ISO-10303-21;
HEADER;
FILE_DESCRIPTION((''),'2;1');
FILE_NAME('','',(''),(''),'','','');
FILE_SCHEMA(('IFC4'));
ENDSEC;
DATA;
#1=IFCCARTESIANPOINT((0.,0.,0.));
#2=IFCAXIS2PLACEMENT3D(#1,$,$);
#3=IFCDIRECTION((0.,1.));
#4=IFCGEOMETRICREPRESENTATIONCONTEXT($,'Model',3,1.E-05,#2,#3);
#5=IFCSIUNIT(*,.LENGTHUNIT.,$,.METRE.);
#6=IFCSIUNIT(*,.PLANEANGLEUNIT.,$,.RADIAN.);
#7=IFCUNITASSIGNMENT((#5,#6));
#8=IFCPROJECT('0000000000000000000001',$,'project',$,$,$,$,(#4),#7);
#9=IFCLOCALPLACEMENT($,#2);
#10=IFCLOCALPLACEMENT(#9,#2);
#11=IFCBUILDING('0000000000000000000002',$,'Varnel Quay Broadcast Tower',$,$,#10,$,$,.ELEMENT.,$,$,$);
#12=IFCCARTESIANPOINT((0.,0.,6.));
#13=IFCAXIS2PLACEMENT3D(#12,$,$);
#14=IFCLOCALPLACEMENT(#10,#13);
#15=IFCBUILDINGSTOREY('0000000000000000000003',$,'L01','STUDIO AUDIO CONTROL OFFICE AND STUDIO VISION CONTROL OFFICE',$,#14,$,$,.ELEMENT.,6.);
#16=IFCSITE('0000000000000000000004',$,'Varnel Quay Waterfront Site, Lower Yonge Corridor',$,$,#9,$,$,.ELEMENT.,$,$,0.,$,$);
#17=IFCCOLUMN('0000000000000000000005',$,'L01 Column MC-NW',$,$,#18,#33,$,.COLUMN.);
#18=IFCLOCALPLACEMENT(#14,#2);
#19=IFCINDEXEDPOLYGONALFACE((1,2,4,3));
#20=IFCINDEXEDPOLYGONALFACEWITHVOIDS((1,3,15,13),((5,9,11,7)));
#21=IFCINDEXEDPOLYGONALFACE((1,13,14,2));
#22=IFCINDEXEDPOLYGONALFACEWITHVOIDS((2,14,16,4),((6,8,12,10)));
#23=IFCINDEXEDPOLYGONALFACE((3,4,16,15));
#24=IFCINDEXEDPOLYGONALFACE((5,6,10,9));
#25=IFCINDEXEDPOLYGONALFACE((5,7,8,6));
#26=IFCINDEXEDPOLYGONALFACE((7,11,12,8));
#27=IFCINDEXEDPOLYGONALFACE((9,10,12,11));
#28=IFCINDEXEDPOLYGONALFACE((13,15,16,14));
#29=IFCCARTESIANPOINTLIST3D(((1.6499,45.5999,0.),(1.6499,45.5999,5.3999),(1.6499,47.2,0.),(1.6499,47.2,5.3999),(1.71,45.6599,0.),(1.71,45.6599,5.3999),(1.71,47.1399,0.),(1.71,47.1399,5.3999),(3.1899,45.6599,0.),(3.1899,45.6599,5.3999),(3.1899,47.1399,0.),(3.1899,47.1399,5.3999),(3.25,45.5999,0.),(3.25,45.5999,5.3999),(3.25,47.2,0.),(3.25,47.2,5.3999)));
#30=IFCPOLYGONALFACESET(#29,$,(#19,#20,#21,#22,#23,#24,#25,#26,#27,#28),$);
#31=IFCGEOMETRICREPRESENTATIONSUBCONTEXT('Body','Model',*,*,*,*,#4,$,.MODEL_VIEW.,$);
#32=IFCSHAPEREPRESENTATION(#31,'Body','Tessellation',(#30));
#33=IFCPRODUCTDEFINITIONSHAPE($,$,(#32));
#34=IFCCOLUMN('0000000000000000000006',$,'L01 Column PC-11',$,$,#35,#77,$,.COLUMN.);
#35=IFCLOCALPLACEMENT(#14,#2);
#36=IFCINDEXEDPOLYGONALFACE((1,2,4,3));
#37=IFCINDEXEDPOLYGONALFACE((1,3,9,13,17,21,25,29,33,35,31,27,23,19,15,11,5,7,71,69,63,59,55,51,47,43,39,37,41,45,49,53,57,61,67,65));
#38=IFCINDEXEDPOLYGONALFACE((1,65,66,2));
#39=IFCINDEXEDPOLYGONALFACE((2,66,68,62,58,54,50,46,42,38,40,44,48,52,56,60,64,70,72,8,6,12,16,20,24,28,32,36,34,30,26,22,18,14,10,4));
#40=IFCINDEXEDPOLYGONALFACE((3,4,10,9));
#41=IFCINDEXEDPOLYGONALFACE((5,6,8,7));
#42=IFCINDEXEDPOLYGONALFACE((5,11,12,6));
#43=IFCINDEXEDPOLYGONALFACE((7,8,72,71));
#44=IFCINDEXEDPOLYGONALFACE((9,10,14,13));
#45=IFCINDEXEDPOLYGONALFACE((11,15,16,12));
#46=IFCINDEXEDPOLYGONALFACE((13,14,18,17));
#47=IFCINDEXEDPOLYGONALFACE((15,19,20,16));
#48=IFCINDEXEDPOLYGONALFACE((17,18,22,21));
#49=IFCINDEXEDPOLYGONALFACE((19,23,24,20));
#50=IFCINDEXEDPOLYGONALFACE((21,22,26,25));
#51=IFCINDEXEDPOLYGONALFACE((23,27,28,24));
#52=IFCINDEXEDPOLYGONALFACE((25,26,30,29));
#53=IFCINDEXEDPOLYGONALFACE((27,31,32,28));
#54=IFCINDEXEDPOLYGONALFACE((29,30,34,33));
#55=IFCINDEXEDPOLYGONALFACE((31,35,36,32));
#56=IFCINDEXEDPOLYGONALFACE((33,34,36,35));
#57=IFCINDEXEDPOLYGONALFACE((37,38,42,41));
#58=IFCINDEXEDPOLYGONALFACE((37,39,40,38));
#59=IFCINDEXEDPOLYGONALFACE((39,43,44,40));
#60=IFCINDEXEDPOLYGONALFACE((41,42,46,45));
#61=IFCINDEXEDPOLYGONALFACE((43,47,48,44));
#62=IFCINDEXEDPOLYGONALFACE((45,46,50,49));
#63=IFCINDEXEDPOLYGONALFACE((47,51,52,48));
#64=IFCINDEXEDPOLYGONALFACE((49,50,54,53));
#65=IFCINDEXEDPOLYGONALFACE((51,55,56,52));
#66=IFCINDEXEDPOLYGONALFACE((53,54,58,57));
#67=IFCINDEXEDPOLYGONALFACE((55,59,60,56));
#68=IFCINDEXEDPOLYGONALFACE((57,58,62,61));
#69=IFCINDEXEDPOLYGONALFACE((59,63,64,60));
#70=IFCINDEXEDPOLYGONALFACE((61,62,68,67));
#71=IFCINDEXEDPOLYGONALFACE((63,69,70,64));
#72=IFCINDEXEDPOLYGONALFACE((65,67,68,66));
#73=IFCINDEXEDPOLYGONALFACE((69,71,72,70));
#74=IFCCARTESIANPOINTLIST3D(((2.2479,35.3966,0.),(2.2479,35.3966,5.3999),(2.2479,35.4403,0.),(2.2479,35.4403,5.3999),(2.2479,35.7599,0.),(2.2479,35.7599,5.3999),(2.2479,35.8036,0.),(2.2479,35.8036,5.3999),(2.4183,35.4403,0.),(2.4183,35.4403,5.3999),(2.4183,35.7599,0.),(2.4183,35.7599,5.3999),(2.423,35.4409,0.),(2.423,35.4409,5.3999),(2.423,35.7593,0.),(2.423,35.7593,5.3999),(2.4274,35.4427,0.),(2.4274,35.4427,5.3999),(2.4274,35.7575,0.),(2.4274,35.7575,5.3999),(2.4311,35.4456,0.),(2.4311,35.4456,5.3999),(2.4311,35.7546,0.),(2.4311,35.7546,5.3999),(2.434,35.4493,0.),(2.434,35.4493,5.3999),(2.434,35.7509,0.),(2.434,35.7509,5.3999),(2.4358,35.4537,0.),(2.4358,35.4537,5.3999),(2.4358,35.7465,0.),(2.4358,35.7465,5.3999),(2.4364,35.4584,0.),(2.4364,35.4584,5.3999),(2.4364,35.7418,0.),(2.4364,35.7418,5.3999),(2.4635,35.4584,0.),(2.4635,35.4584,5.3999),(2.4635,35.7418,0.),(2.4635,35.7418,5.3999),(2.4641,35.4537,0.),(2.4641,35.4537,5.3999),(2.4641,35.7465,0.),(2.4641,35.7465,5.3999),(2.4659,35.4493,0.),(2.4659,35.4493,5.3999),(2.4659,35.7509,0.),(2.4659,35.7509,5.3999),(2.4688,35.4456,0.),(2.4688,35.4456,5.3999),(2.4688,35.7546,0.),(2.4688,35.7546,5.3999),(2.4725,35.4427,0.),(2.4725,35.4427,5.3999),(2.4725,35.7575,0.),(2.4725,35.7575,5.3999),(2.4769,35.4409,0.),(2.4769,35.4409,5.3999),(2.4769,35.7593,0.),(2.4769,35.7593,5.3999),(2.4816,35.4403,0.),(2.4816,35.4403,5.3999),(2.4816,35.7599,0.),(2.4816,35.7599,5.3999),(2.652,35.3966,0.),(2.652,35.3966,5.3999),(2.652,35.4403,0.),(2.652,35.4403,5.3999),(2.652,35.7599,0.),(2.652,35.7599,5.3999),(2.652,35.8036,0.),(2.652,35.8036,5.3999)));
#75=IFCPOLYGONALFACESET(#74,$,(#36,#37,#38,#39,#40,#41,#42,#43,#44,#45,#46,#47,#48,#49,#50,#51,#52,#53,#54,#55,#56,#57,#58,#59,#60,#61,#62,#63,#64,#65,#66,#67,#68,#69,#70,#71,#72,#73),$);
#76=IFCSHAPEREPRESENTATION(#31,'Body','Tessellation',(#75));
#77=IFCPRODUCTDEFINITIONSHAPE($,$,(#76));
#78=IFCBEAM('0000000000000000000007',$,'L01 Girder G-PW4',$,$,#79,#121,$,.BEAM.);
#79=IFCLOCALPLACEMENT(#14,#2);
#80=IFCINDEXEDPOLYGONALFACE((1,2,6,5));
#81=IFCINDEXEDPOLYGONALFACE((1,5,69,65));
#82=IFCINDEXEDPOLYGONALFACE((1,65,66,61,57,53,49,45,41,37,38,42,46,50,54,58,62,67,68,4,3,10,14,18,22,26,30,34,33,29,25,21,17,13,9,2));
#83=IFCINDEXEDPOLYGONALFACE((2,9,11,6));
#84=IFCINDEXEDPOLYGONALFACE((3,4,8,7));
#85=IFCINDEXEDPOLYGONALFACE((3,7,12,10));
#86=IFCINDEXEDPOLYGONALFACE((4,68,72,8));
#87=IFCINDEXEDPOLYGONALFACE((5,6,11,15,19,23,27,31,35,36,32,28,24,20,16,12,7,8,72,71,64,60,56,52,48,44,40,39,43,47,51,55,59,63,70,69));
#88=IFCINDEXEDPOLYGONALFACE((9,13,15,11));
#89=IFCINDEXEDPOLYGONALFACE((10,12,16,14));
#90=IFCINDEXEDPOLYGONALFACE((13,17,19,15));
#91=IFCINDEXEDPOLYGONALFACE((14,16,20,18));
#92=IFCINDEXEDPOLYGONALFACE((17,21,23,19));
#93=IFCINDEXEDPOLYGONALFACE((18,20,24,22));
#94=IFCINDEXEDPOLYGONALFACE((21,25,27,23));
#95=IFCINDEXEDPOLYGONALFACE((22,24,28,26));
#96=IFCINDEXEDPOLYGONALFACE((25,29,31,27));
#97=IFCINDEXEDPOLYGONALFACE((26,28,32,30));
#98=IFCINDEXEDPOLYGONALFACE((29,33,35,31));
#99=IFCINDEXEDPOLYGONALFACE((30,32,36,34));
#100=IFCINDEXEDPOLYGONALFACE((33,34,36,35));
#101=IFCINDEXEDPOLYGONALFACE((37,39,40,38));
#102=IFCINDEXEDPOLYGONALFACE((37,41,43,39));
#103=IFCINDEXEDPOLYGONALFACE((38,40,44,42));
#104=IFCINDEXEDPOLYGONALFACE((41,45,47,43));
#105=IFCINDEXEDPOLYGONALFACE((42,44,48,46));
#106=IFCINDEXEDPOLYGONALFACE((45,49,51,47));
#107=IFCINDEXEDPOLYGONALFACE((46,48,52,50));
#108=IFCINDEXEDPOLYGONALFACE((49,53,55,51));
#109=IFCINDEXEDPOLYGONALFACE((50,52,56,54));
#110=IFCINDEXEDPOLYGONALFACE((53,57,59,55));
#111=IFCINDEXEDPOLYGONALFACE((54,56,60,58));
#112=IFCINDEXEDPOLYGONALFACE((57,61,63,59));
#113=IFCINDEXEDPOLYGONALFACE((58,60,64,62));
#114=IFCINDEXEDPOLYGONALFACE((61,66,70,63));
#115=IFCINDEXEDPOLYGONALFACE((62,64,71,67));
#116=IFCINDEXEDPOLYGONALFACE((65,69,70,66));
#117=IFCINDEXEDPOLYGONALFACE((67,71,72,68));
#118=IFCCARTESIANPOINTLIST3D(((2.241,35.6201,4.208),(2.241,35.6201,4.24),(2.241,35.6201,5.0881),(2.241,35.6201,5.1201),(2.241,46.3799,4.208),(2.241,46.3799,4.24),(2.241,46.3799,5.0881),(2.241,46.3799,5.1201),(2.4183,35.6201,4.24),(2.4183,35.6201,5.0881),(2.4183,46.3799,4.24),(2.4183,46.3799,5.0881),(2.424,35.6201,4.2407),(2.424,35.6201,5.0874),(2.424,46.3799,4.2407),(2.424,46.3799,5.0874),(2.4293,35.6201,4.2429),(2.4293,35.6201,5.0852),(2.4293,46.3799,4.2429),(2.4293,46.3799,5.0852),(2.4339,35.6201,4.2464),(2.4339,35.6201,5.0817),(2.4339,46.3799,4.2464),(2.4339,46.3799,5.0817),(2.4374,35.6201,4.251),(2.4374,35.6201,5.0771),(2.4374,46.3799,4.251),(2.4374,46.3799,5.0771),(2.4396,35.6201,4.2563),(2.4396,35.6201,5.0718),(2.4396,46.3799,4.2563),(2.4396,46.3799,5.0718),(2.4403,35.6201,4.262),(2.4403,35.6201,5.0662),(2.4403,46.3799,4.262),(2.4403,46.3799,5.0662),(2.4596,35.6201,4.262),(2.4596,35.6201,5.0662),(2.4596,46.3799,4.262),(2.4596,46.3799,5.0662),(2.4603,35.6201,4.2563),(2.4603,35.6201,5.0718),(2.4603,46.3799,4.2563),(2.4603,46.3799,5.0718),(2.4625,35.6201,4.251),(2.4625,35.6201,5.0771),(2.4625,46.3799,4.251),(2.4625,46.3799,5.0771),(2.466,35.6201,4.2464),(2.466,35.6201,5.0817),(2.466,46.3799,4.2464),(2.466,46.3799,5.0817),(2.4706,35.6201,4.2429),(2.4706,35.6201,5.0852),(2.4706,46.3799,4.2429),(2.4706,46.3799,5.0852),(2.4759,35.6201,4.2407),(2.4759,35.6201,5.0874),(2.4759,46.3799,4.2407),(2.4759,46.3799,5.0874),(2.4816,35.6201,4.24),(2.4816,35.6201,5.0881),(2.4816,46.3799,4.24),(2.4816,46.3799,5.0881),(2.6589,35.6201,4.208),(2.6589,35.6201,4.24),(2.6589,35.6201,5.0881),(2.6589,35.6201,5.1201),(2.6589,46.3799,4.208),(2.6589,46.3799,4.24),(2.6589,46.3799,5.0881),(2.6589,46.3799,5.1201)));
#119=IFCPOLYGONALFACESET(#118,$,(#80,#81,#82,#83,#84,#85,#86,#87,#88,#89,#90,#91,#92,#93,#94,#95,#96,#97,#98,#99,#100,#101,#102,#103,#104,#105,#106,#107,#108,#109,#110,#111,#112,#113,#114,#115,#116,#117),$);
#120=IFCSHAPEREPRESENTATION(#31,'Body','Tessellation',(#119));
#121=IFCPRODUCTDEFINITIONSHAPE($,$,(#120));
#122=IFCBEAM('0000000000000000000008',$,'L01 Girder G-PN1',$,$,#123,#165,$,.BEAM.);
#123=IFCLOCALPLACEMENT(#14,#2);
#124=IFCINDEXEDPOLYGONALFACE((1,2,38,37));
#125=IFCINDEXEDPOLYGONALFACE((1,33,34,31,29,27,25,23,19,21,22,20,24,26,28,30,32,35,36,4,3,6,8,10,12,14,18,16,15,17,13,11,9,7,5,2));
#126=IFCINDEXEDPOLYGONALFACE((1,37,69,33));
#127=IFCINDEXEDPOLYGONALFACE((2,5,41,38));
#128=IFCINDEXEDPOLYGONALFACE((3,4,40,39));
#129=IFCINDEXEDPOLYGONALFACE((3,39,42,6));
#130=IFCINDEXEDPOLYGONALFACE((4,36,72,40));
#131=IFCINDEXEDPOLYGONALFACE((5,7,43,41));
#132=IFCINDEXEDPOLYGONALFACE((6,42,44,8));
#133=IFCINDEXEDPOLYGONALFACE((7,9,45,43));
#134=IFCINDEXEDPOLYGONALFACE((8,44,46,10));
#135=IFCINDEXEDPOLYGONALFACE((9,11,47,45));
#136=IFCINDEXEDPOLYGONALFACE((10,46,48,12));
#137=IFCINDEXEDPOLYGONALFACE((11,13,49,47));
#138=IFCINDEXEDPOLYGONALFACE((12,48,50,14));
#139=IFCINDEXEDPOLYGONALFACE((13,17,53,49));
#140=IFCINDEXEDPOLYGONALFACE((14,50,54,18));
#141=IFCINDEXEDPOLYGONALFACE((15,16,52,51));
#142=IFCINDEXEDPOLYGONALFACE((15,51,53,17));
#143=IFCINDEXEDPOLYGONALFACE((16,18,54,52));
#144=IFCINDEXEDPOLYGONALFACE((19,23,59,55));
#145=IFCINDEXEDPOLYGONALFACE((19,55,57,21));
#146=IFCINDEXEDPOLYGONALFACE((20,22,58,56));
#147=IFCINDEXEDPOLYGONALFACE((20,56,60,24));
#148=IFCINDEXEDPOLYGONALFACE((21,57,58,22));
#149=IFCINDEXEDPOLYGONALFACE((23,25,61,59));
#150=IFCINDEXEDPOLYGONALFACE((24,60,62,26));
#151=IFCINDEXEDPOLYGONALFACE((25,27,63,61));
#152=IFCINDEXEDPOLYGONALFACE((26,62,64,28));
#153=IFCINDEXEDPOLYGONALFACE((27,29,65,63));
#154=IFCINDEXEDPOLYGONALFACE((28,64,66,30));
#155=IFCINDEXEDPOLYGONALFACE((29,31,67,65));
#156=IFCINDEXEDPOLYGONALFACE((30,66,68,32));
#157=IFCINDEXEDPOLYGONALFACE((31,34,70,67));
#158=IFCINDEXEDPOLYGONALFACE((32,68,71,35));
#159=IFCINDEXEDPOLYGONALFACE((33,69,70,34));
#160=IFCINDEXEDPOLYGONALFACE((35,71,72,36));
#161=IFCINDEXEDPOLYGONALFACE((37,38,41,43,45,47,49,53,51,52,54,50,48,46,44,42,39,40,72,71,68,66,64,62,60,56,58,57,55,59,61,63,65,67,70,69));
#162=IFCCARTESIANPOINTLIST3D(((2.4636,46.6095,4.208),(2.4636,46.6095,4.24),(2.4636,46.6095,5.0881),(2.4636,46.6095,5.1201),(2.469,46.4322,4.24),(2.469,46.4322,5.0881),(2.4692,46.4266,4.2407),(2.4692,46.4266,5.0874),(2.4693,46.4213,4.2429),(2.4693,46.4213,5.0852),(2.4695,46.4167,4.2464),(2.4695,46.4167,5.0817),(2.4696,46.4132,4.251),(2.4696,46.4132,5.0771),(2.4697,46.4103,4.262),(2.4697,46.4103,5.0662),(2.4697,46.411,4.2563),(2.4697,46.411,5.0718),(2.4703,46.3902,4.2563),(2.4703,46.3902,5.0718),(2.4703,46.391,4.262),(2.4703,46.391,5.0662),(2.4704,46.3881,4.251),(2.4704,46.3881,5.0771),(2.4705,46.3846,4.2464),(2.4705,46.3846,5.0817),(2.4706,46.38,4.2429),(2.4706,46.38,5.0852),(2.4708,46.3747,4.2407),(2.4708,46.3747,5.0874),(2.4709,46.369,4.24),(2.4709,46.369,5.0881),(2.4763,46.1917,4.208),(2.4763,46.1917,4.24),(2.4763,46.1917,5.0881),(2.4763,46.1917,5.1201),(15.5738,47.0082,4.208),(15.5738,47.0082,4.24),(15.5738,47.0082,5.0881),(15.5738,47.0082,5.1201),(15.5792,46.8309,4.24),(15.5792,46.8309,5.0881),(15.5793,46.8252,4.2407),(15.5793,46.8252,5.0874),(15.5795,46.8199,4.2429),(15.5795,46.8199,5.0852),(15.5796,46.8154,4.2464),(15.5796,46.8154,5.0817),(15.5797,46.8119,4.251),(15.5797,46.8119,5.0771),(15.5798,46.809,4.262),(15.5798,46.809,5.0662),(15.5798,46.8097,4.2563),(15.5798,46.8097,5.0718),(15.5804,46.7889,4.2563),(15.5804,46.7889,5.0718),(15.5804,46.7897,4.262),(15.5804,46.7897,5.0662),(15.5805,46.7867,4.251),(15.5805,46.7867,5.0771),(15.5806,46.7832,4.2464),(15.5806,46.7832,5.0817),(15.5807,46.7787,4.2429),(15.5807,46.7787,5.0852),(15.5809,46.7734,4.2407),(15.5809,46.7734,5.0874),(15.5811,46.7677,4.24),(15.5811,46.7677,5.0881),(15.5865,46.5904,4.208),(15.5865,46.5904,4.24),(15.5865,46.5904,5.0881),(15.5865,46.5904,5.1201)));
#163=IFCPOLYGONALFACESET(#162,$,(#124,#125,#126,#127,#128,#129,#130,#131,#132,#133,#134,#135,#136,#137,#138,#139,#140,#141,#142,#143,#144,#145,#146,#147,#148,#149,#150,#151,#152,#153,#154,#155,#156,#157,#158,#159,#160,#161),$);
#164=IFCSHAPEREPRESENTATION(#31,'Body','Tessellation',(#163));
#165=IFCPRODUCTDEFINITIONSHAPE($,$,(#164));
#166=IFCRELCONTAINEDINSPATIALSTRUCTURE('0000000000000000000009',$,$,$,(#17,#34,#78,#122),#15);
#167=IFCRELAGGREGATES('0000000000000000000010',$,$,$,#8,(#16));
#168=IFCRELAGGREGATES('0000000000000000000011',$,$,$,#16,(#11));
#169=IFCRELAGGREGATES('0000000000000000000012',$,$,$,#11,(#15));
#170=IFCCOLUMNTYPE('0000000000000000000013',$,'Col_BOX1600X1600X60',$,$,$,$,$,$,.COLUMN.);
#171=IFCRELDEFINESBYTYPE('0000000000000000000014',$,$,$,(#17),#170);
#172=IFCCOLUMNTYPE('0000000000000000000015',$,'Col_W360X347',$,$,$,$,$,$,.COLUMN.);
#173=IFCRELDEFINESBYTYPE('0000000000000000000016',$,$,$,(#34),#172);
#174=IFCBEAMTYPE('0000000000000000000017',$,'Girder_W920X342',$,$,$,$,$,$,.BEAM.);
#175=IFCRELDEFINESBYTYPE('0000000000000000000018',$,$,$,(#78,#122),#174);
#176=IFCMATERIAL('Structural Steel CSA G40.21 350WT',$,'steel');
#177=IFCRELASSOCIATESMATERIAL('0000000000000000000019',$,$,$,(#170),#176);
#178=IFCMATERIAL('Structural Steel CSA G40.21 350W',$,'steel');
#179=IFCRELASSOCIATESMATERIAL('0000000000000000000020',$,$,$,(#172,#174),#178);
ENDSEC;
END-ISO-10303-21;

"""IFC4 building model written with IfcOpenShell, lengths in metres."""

from ifc_helpers import new_model, si_unit, direction, frame, origin, origin_2d, place, context, subcontext, project, spatial, hollow_rectangle, i_section, extrude, source, transform, mapped, material, material_profile, profile_set, type_object, type_shapes, element, save


model = new_model("IFC4")

# Units and contexts
model_context = context("Model", 3, precision=1e-05, world=origin(), true_north=direction((0.0, 1.0)))
body_context = subcontext(model_context, "Body", "Model", "MODEL_VIEW")
ifc_project = project(units=[si_unit("LENGTHUNIT", "METRE"), si_unit("PLANEANGLEUNIT", "RADIAN")], contexts=[model_context])

# Site, building, storey
site_placement = place(None, origin())
site = spatial("IfcSite", under=ifc_project, at=site_placement, Name="Varnel Quay Waterfront Site, Lower Yonge Corridor", CompositionType="ELEMENT", RefElevation=0.0)
building_placement = place(site_placement, origin())
building = spatial("IfcBuilding", under=site, at=building_placement, Name="Varnel Quay Broadcast Tower", CompositionType="ELEMENT")
storey_placement = place(building_placement, frame((0.0, 0.0, 6.0)))
storey = spatial("IfcBuildingStorey", under=building, at=storey_placement, Name="L01", Description="STUDIO AUDIO CONTROL OFFICE AND STUDIO VISION CONTROL OFFICE", CompositionType="ELEMENT", Elevation=6.0)

# Columns
ifc_material_1 = material(Name="Structural Steel CSA G40.21 350WT", Category="steel")
ifc_material_profile_1 = material_profile(ifc_material_1, hollow_rectangle(XDim=1.6001, YDim=1.6001, WallThickness=0.0601, at=origin_2d()), Name="BOX1600X1600X60")
ifc_profile_set_1 = profile_set([ifc_material_profile_1], Name="Structural Steel CSA G40.21 350WT")
column_type_1 = type_object("IfcColumnType", Name="Col_BOX1600X1600X60", PredefinedType="COLUMN", material=ifc_profile_set_1)
shared_shape_1 = source(origin(), body_context, "Body", "SweptSolid", [
    extrude(hollow_rectangle(XDim=1.6001, YDim=1.6001, WallThickness=0.0601, at=origin_2d()), origin(), (0.0, 0.0, 1.0), 5.3999),
])
type_shapes(column_type_1, [shared_shape_1])
column_1_placement = place(storey_placement, frame((2.45, 46.3999, 0.0), z_axis=(0.0, 0.0, 1.0), x_axis=(1.0, 0.0, 0.0)))
element("IfcColumn", 1, at=column_1_placement, inside=storey, type_object=column_type_1, Name="L01 Column MC-NW", PredefinedType="COLUMN", context=body_context, shape_type="MappedRepresentation", body=[
    mapped(shared_shape_1, transform((0.0, 0.0, 0.0), x_axis=(1.0, 0.0, 0.0), y_axis=(0.0, 1.0, 0.0), z_axis=(0.0, 0.0, 1.0), scale=1.0)),
])
ifc_material_2 = material(Name="Structural Steel CSA G40.21 350W", Category="steel")
ifc_material_profile_2 = material_profile(ifc_material_2, i_section(OverallWidth=0.4041, OverallDepth=0.407, WebThickness=0.0271, FlangeThickness=0.0437, FilletRadius=0.0181, at=origin_2d()), Name="W360X347")
ifc_profile_set_2 = profile_set([ifc_material_profile_2], Name="Structural Steel CSA G40.21 350W")
column_type_2 = type_object("IfcColumnType", Name="Col_W360X347", PredefinedType="COLUMN", material=ifc_profile_set_2)
shared_shape_2 = source(origin(), body_context, "Body", "SweptSolid", [
    extrude(i_section(OverallWidth=0.4041, OverallDepth=0.407, WebThickness=0.0271, FlangeThickness=0.0437, FilletRadius=0.0181, at=origin_2d()), origin(), (0.0, 0.0, 1.0), 5.3999),
])
type_shapes(column_type_2, [shared_shape_2])
column_2_placement = place(storey_placement, frame((2.45, 35.6001, 0.0), z_axis=(0.0, 0.0, 1.0), x_axis=(1.0, 0.0, 0.0)))
element("IfcColumn", 2, at=column_2_placement, inside=storey, type_object=column_type_2, Name="L01 Column PC-11", PredefinedType="COLUMN", context=body_context, shape_type="MappedRepresentation", body=[
    mapped(shared_shape_2, transform((0.0, 0.0, 0.0), x_axis=(1.0, 0.0, 0.0), y_axis=(0.0, 1.0, 0.0), z_axis=(0.0, 0.0, 1.0), scale=1.0)),
])

# Beams
ifc_material_profile_3 = material_profile(ifc_material_2, i_section(OverallWidth=0.418, OverallDepth=0.9121, WebThickness=0.0193, FlangeThickness=0.032, FilletRadius=0.022, at=origin_2d()), Name="W920X342")
ifc_profile_set_3 = profile_set([ifc_material_profile_3], Name="Structural Steel CSA G40.21 350W")
beam_type = type_object("IfcBeamType", Name="Girder_W920X342", PredefinedType="BEAM", material=ifc_profile_set_3)
shared_shape_3 = source(origin(), body_context, "Body", "SweptSolid", [
    extrude(i_section(OverallWidth=0.418, OverallDepth=0.9121, WebThickness=0.0193, FlangeThickness=0.032, FilletRadius=0.022, at=origin_2d()), origin(), (0.0, 0.0, 1.0), 10.7598),
])
beam_1_placement = place(storey_placement, frame((2.45, 35.6201, 4.6641), z_axis=(0.0, 1.0, 0.0), x_axis=(-1.0, 0.0, 0.0)))
element("IfcBeam", 3, at=beam_1_placement, inside=storey, type_object=beam_type, Name="L01 Girder G-PW4", PredefinedType="BEAM", context=body_context, shape_type="MappedRepresentation", body=[
    mapped(shared_shape_3, transform((0.0, 0.0, 0.0), x_axis=(1.0, 0.0, 0.0), y_axis=(0.0, 1.0, 0.0), z_axis=(0.0, 0.0, 1.0), scale=1.0)),
])
shared_shape_4 = source(origin(), body_context, "Body", "SweptSolid", [
    extrude(i_section(OverallWidth=0.418, OverallDepth=0.9121, WebThickness=0.0193, FlangeThickness=0.032, FilletRadius=0.022, at=origin_2d()), origin(), (0.0, 0.0, 1.0), 13.1162),
])
beam_2_placement = place(storey_placement, frame((2.47, 46.4006, 4.6641), z_axis=(0.999538, 0.030396, 0.0), x_axis=(-0.030396, 0.999538, 0.0)))
element("IfcBeam", 4, at=beam_2_placement, inside=storey, type_object=beam_type, Name="L01 Girder G-PN1", PredefinedType="BEAM", context=body_context, shape_type="MappedRepresentation", body=[
    mapped(shared_shape_4, transform((0.0, 0.0, 0.0), x_axis=(1.0, 0.0, 0.0), y_axis=(0.0, 1.0, 0.0), z_axis=(0.0, 0.0, 1.0), scale=1.0)),
])

save(model, "model.ifc")
